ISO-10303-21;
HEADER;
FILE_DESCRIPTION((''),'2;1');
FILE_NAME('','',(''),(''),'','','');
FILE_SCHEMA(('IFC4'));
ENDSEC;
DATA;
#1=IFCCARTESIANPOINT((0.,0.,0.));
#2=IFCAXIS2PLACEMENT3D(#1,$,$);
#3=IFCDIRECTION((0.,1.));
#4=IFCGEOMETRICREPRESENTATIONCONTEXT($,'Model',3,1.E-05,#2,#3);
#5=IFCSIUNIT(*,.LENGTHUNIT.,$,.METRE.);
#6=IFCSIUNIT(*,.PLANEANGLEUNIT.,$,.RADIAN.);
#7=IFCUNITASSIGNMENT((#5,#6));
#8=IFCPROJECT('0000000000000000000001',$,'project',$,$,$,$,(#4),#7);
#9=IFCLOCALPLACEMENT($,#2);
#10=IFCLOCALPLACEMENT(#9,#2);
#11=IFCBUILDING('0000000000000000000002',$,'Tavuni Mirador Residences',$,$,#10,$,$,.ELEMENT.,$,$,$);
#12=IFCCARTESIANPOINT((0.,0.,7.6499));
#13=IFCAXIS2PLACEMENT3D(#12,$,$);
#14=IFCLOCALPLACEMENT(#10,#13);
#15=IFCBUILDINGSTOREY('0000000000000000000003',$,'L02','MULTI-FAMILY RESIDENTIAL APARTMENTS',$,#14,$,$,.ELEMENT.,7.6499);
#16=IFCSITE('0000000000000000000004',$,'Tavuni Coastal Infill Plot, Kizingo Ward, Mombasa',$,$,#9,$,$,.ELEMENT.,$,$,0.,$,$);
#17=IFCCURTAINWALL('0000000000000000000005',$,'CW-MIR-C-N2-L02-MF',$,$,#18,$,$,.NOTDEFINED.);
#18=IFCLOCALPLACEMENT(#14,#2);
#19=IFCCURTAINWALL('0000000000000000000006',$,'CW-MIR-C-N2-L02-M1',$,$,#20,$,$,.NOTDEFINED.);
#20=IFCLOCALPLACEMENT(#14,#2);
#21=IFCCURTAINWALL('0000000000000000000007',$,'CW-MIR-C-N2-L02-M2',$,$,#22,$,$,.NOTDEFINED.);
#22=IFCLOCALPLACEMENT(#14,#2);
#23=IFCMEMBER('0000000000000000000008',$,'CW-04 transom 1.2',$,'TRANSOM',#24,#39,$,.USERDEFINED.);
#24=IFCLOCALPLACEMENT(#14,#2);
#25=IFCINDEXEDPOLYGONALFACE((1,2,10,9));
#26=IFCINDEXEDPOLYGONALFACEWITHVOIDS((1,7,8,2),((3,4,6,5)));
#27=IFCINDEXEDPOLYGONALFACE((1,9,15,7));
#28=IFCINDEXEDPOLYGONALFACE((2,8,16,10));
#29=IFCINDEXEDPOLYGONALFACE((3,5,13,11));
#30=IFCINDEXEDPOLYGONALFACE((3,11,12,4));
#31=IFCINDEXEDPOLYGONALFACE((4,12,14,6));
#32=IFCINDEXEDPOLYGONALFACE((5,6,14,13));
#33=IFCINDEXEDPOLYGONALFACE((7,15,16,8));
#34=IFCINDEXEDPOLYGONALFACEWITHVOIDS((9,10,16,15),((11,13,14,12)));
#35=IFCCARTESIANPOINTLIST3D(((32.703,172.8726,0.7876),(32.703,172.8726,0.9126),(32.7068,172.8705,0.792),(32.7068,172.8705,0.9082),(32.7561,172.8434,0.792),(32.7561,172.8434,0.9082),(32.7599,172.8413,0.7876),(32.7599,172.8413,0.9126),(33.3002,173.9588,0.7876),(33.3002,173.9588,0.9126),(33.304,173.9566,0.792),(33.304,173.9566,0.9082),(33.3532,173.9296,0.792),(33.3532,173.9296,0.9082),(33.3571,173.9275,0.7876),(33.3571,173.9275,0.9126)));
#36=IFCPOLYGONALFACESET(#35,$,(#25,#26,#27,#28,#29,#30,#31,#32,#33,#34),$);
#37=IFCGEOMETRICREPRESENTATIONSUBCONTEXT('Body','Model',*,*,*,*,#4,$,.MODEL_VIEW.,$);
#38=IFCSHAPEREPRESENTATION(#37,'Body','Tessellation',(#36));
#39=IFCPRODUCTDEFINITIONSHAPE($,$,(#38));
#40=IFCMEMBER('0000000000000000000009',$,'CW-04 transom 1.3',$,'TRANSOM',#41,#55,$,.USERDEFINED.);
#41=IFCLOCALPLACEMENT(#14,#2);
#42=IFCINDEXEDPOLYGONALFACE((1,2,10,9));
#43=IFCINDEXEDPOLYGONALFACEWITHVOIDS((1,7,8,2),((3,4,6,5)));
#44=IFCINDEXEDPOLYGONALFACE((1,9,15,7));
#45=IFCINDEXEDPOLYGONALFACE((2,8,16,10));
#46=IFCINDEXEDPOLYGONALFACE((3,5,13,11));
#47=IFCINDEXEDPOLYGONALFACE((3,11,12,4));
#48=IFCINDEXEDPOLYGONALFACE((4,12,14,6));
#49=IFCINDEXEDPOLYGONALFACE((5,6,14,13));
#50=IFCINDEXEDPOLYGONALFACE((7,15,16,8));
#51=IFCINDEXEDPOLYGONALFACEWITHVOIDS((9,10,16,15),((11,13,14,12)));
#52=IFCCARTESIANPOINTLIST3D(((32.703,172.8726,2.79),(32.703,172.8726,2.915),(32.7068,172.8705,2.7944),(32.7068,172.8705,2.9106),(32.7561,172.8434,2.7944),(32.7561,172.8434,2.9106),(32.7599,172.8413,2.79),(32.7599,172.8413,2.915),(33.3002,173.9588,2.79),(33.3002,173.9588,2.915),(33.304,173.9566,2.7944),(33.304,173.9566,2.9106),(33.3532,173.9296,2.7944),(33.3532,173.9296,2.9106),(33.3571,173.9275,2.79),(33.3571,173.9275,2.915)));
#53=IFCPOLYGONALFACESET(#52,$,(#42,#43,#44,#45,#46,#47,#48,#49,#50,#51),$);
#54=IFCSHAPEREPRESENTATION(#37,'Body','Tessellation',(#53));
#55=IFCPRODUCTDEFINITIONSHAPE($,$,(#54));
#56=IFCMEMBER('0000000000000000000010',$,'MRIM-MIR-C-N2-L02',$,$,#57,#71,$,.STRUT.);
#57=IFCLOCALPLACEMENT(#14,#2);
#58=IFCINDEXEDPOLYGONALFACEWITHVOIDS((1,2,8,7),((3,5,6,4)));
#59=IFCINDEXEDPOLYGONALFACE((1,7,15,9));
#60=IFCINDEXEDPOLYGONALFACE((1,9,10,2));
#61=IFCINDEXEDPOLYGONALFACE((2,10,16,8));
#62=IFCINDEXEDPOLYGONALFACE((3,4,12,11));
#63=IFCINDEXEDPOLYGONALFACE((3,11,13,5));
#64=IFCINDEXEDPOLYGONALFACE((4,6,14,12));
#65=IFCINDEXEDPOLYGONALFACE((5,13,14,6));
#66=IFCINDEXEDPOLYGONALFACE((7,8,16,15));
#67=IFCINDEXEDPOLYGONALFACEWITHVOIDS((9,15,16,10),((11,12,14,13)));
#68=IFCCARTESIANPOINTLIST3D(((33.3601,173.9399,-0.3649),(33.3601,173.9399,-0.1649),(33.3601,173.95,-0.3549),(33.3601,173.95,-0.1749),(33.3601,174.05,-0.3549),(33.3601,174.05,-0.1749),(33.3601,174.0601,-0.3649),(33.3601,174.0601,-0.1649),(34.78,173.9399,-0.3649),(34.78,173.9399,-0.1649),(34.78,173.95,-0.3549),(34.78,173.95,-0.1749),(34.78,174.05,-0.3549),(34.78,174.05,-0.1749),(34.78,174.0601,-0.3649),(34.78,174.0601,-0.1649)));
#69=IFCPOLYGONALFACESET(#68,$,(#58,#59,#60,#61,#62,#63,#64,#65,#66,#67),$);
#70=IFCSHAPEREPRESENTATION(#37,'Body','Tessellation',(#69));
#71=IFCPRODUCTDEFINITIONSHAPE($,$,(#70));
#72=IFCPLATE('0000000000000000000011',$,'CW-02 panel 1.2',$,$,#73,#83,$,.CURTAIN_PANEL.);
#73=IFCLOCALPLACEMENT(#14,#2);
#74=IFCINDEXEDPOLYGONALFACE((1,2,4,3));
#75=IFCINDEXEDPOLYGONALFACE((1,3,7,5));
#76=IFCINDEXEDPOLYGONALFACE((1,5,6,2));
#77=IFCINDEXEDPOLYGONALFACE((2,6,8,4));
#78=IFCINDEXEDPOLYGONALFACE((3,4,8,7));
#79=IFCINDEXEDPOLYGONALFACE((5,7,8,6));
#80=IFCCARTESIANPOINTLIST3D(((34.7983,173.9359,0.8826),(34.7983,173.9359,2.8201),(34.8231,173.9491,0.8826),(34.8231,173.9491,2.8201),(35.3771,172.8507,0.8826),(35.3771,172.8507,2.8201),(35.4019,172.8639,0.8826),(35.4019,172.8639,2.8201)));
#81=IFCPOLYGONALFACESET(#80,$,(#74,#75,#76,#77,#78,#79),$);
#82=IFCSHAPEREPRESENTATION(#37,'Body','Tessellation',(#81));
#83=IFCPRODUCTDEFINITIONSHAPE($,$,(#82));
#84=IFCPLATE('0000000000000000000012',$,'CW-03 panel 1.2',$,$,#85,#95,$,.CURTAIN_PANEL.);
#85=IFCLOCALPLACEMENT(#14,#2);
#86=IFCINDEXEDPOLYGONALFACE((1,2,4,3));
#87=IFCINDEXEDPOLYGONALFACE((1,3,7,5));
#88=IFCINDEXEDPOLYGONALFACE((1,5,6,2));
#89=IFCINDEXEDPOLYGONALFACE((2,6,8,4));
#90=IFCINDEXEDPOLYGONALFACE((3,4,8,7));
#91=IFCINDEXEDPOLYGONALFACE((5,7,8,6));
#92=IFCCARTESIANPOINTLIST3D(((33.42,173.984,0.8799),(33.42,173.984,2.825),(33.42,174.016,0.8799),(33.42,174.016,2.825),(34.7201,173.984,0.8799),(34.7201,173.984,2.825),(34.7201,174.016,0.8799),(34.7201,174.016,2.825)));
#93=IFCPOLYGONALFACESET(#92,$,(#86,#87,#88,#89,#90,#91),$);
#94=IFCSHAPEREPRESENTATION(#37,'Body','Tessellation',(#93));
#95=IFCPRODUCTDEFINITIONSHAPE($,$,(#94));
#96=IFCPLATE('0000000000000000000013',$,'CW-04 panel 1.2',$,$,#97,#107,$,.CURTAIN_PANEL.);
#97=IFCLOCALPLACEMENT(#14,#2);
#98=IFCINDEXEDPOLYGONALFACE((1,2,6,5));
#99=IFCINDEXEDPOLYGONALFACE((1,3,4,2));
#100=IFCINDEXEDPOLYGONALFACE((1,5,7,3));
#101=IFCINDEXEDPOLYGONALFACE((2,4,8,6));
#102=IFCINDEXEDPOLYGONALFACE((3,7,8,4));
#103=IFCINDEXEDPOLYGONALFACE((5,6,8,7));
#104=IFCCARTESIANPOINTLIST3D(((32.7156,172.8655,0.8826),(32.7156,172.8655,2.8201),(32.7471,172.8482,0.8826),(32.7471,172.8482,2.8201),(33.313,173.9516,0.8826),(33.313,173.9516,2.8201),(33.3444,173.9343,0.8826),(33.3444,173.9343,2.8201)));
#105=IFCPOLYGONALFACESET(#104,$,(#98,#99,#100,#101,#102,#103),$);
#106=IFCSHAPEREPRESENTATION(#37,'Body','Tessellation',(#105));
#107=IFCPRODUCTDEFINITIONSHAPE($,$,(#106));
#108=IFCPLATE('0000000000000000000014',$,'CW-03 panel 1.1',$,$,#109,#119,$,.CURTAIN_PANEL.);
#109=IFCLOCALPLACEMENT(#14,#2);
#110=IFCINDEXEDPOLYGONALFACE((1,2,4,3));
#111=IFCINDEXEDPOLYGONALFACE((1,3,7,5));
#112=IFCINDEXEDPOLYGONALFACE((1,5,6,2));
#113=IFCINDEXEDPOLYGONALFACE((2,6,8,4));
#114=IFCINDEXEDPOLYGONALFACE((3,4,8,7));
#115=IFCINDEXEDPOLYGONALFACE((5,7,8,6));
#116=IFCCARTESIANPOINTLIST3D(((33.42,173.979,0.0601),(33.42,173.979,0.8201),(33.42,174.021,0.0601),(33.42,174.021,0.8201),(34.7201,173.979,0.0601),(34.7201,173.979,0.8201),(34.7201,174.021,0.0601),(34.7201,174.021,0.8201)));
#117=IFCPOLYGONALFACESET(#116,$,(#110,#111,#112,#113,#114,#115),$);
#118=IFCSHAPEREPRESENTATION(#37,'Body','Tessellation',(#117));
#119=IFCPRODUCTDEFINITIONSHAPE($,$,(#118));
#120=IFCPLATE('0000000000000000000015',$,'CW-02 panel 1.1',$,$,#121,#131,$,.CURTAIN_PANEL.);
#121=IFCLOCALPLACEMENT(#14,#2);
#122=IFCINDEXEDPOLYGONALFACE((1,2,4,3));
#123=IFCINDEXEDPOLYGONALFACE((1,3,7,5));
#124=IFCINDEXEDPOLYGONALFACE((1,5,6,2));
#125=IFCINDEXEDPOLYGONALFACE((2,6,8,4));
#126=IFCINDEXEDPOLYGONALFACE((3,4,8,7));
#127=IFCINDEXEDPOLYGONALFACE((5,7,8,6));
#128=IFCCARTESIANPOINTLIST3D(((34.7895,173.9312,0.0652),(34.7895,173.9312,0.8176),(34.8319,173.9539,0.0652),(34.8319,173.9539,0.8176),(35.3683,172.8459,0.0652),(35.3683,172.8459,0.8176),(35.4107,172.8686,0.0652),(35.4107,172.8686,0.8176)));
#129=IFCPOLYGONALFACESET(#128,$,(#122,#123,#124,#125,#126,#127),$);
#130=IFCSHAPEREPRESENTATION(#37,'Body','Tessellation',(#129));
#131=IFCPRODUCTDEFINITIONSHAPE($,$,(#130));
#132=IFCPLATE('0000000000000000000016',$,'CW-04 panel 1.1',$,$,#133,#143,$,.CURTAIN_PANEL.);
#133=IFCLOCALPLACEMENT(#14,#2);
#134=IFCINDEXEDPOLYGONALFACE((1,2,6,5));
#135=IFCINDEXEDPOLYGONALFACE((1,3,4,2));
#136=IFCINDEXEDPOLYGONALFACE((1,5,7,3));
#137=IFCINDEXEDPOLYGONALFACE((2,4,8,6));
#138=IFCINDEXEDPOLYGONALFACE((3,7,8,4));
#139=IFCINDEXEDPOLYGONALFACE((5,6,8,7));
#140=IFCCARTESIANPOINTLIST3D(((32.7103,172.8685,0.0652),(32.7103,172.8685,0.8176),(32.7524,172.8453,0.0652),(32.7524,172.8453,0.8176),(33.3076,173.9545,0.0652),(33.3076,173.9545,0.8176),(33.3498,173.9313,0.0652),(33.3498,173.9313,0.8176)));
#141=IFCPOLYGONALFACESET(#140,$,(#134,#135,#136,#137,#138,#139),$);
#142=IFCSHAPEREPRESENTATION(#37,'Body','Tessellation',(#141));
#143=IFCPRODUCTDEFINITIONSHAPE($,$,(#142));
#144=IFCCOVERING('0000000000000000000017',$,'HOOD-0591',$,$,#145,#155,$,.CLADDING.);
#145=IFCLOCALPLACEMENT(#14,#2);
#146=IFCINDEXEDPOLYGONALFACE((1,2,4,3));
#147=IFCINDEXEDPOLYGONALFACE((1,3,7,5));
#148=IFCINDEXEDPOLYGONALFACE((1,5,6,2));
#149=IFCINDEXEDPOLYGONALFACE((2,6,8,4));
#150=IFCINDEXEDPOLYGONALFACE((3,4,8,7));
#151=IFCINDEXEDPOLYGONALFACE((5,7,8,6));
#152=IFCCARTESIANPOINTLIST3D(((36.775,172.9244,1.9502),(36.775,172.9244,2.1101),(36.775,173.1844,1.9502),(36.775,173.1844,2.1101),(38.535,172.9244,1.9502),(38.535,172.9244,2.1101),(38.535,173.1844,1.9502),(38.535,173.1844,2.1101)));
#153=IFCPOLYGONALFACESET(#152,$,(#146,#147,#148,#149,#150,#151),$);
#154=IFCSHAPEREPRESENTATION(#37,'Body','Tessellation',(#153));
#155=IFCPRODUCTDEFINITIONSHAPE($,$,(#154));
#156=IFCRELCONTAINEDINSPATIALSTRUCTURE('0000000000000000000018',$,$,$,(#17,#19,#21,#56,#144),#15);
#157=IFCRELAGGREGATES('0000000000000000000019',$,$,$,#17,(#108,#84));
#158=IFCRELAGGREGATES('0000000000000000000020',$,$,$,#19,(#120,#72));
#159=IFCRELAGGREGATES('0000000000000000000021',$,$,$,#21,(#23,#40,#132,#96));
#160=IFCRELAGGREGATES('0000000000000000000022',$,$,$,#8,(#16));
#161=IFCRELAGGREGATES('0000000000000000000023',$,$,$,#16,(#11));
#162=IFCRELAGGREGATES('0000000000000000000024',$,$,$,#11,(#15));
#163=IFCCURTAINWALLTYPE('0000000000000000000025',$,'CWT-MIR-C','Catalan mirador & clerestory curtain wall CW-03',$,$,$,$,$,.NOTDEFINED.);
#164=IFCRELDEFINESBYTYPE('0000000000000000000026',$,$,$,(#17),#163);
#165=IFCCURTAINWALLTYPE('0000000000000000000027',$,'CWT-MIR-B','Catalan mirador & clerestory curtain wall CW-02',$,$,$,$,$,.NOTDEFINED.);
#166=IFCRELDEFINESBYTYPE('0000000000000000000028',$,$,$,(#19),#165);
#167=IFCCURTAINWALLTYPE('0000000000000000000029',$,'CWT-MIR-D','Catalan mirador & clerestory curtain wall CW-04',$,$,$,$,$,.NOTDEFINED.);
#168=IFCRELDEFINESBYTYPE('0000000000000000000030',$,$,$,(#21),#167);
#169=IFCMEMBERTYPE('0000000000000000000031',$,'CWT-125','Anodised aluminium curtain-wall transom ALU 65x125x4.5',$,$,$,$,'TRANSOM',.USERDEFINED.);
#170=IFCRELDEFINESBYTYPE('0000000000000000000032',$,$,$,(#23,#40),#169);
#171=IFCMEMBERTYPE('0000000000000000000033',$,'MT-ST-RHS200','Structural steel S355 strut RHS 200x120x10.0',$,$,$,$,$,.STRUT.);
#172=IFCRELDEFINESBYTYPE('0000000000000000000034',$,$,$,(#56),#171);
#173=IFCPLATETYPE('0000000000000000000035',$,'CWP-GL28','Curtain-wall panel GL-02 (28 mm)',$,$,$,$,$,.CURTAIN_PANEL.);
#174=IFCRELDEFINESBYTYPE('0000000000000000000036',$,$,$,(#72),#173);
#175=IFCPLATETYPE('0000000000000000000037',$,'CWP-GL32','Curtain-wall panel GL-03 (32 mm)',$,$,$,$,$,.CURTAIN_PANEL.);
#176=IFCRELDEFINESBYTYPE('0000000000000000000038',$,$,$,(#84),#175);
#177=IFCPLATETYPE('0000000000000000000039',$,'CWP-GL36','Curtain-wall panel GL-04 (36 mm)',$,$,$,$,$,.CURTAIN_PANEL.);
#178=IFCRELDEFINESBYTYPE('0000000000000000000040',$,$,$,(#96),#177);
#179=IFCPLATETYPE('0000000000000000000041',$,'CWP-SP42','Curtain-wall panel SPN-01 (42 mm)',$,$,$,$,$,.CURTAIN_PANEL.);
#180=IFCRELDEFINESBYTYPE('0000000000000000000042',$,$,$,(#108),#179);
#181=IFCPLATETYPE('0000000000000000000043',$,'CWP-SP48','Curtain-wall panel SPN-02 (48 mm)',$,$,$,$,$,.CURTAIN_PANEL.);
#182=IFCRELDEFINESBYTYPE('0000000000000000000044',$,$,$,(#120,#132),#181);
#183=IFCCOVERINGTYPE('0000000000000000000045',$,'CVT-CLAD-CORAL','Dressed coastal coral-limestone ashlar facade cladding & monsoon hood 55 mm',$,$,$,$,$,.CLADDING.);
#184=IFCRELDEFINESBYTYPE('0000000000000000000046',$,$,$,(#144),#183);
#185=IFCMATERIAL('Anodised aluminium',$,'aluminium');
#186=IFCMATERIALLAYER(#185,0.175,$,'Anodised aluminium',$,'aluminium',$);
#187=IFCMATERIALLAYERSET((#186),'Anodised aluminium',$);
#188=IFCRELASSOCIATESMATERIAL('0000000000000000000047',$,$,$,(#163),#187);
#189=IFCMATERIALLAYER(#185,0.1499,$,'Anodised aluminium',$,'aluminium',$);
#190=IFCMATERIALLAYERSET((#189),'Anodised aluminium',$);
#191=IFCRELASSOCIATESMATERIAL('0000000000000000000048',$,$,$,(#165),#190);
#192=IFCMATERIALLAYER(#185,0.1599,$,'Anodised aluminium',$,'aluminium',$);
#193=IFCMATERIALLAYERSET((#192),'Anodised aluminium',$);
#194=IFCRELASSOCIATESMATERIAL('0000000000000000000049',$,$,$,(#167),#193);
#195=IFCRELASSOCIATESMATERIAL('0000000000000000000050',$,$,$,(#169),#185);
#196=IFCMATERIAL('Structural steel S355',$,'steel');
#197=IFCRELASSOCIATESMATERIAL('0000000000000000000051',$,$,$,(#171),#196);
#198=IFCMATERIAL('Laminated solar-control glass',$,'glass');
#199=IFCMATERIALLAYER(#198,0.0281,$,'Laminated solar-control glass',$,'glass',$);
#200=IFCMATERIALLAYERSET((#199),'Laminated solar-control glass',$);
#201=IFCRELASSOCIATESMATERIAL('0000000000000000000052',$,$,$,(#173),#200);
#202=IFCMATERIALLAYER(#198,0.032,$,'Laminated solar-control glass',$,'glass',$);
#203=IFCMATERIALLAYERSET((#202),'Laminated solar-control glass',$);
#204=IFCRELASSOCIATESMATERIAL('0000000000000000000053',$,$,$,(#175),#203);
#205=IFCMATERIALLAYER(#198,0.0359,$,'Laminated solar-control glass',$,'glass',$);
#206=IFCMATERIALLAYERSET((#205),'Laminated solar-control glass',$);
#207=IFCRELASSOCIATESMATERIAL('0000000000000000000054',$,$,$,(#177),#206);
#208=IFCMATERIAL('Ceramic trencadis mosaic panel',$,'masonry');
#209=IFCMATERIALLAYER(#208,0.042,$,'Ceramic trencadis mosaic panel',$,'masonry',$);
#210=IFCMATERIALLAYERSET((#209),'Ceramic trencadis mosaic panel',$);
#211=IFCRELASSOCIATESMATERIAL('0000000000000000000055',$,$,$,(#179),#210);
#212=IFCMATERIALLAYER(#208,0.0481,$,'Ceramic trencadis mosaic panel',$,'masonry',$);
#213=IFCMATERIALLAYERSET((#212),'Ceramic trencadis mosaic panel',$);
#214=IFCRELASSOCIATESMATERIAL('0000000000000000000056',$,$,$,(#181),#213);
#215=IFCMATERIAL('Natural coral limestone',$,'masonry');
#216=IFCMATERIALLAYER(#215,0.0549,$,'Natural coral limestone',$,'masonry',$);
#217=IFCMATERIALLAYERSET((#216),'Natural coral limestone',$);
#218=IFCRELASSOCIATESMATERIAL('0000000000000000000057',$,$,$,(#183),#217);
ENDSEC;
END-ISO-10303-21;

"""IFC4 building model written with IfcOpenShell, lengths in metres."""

from ifc_helpers import new_model, si_unit, direction, frame, origin, origin_2d, place, context, subcontext, project, spatial, rectangle, hollow_rectangle, extrude, material, layer, layer_set, material_profile, profile_set, type_object, element, aggregate, save


model = new_model("IFC4")

# Units and contexts
model_context = context("Model", 3, precision=1e-05, world=origin(), true_north=direction((0.0, 1.0)))
body_context = subcontext(model_context, "Body", "Model", "MODEL_VIEW")
ifc_project = project(units=[si_unit("LENGTHUNIT", "METRE"), si_unit("PLANEANGLEUNIT", "RADIAN")], contexts=[model_context])

# Site, building, storey
site_placement = place(None, origin())
site = spatial("IfcSite", under=ifc_project, at=site_placement, Name="Tavuni Coastal Infill Plot, Kizingo Ward, Mombasa", CompositionType="ELEMENT", RefElevation=0.0)
building_placement = place(site_placement, origin())
building = spatial("IfcBuilding", under=site, at=building_placement, Name="Tavuni Mirador Residences", CompositionType="ELEMENT")
storey_placement = place(building_placement, frame((0.0, 0.0, 7.6499)))
storey = spatial("IfcBuildingStorey", under=building, at=storey_placement, Name="L02", Description="MULTI-FAMILY RESIDENTIAL APARTMENTS", CompositionType="ELEMENT", Elevation=7.6499)

# Curtain wall
ifc_material_1 = material(Name="Anodised aluminium", Category="aluminium")
ifc_layer_1 = layer(ifc_material_1, 0.175, Name="Anodised aluminium", Category="aluminium")
ifc_layer_set_1 = layer_set([ifc_layer_1], Name="Anodised aluminium")
curtain_wall_type_1 = type_object("IfcCurtainWallType", Name="CWT-MIR-C", Description="Catalan mirador & clerestory curtain wall CW-03", PredefinedType="NOTDEFINED", material=ifc_layer_set_1)
curtain_wall_1_placement = place(storey_placement, origin())
curtain_wall_1 = element("IfcCurtainWall", 1, at=curtain_wall_1_placement, inside=storey, type_object=curtain_wall_type_1, Name="CW-MIR-C-N2-L02-MF", PredefinedType="NOTDEFINED")

# Curtain walls
ifc_layer_2 = layer(ifc_material_1, 0.1499, Name="Anodised aluminium", Category="aluminium")
ifc_layer_set_2 = layer_set([ifc_layer_2], Name="Anodised aluminium")
curtain_wall_type_2 = type_object("IfcCurtainWallType", Name="CWT-MIR-B", Description="Catalan mirador & clerestory curtain wall CW-02", PredefinedType="NOTDEFINED", material=ifc_layer_set_2)
curtain_wall_2_placement = place(storey_placement, origin())
curtain_wall_2 = element("IfcCurtainWall", 2, at=curtain_wall_2_placement, inside=storey, type_object=curtain_wall_type_2, Name="CW-MIR-C-N2-L02-M1", PredefinedType="NOTDEFINED")
ifc_layer_3 = layer(ifc_material_1, 0.1599, Name="Anodised aluminium", Category="aluminium")
ifc_layer_set_3 = layer_set([ifc_layer_3], Name="Anodised aluminium")
curtain_wall_type_3 = type_object("IfcCurtainWallType", Name="CWT-MIR-D", Description="Catalan mirador & clerestory curtain wall CW-04", PredefinedType="NOTDEFINED", material=ifc_layer_set_3)
curtain_wall_3_placement = place(storey_placement, origin())
curtain_wall_3 = element("IfcCurtainWall", 3, at=curtain_wall_3_placement, inside=storey, type_object=curtain_wall_type_3, Name="CW-MIR-C-N2-L02-M2", PredefinedType="NOTDEFINED")

# Members
ifc_material_profile_1 = material_profile(ifc_material_1, hollow_rectangle(XDim=0.0649, YDim=0.125, WallThickness=0.0044, at=origin_2d()), Name="ALU 65x125x4.5", Category="aluminium")
ifc_profile_set_1 = profile_set([ifc_material_profile_1], Name="Anodised aluminium")
member_type_1 = type_object("IfcMemberType", Name="CWT-125", Description="Anodised aluminium curtain-wall transom ALU 65x125x4.5", ElementType="TRANSOM", PredefinedType="USERDEFINED", material=ifc_profile_set_1)
member_1_placement = place(storey_placement, frame((33.3286, 173.9431, 0.8501), z_axis=(-0.481775, -0.876295, 0.0), x_axis=(0.876295, -0.481775, 0.0)))
member_1 = element("IfcMember", 4, at=member_1_placement, type_object=member_type_1, Name="CW-04 transom 1.2", ObjectType="TRANSOM", PredefinedType="USERDEFINED", context=body_context, shape_type="SweptSolid", body=[
    extrude(hollow_rectangle(XDim=0.0649, YDim=0.125, WallThickness=0.0044, at=origin_2d()), origin(), (0.0, 0.0, 1.0), 1.2395),
])
member_2_placement = place(storey_placement, frame((33.3286, 173.9431, 2.8525), z_axis=(-0.481775, -0.876295, 0.0), x_axis=(0.876295, -0.481775, 0.0)))
member_2 = element("IfcMember", 5, at=member_2_placement, type_object=member_type_1, Name="CW-04 transom 1.3", ObjectType="TRANSOM", PredefinedType="USERDEFINED", context=body_context, shape_type="SweptSolid", body=[
    extrude(hollow_rectangle(XDim=0.0649, YDim=0.125, WallThickness=0.0044, at=origin_2d()), origin(), (0.0, 0.0, 1.0), 1.2395),
])
ifc_material_2 = material(Name="Structural steel S355", Category="steel")
ifc_material_profile_2 = material_profile(ifc_material_2, hollow_rectangle(XDim=0.1201, YDim=0.2, WallThickness=0.01, at=origin_2d()), Name="RHS 200x120x10.0", Category="steel")
ifc_profile_set_2 = profile_set([ifc_material_profile_2], Name="Structural steel S355")
member_type_2 = type_object("IfcMemberType", Name="MT-ST-RHS200", Description="Structural steel S355 strut RHS 200x120x10.0", PredefinedType="STRUT", material=ifc_profile_set_2)
member_3_placement = place(storey_placement, frame((33.3601, 174.0, -0.2649), z_axis=(1.0, 0.0, 0.0), x_axis=(0.0, 1.0, 0.0)))
element("IfcMember", 6, at=member_3_placement, inside=storey, type_object=member_type_2, Name="MRIM-MIR-C-N2-L02", PredefinedType="STRUT", context=body_context, shape_type="SweptSolid", body=[
    extrude(hollow_rectangle(XDim=0.1201, YDim=0.2, WallThickness=0.01, at=origin_2d()), origin(), (0.0, 0.0, 1.0), 1.4199),
])

# Plates
ifc_material_3 = material(Name="Laminated solar-control glass", Category="glass")
ifc_layer_4 = layer(ifc_material_3, 0.0281, Name="Laminated solar-control glass", Category="glass")
ifc_layer_set_4 = layer_set([ifc_layer_4], Name="Laminated solar-control glass")
plate_type_1 = type_object("IfcPlateType", Name="CWP-GL28", Description="Curtain-wall panel GL-02 (28 mm)", PredefinedType="CURTAIN_PANEL", material=ifc_layer_set_4)
plate_1_placement = place(storey_placement, frame((35.1001, 173.3999, 0.8826), z_axis=(0.0, 0.0, 1.0), x_axis=(-0.470588, 0.882353, 0.0)))
plate_1 = element("IfcPlate", 7, at=plate_1_placement, type_object=plate_type_1, Name="CW-02 panel 1.2", PredefinedType="CURTAIN_PANEL", context=body_context, shape_type="SweptSolid", body=[
    extrude(rectangle(XDim=1.23, YDim=0.0281, at=origin_2d()), origin(), (0.0, 0.0, 1.0), 1.9375),
])
ifc_layer_5 = layer(ifc_material_3, 0.032, Name="Laminated solar-control glass", Category="glass")
ifc_layer_set_5 = layer_set([ifc_layer_5], Name="Laminated solar-control glass")
plate_type_2 = type_object("IfcPlateType", Name="CWP-GL32", Description="Curtain-wall panel GL-03 (32 mm)", PredefinedType="CURTAIN_PANEL", material=ifc_layer_set_5)
plate_2_placement = place(storey_placement, frame((34.0701, 174.0, 0.8799), z_axis=(0.0, 0.0, 1.0), x_axis=(-1.0, 0.0, 0.0)))
plate_2 = element("IfcPlate", 8, at=plate_2_placement, type_object=plate_type_2, Name="CW-03 panel 1.2", PredefinedType="CURTAIN_PANEL", context=body_context, shape_type="SweptSolid", body=[
    extrude(rectangle(XDim=1.3, YDim=0.032, at=origin_2d()), origin(), (0.0, 0.0, 1.0), 1.9451),
])
ifc_layer_6 = layer(ifc_material_3, 0.0359, Name="Laminated solar-control glass", Category="glass")
ifc_layer_set_6 = layer_set([ifc_layer_6], Name="Laminated solar-control glass")
plate_type_3 = type_object("IfcPlateType", Name="CWP-GL36", Description="Curtain-wall panel GL-04 (36 mm)", PredefinedType="CURTAIN_PANEL", material=ifc_layer_set_6)
plate_3_placement = place(storey_placement, frame((33.03, 173.3999, 0.8826), z_axis=(0.0, 0.0, 1.0), x_axis=(-0.481919, -0.876216, 0.0)))
plate_3 = element("IfcPlate", 9, at=plate_3_placement, type_object=plate_type_3, Name="CW-04 panel 1.2", PredefinedType="CURTAIN_PANEL", context=body_context, shape_type="SweptSolid", body=[
    extrude(rectangle(XDim=1.2395, YDim=0.0359, at=origin_2d()), origin(), (0.0, 0.0, 1.0), 1.9375),
])
ifc_material_4 = material(Name="Ceramic trencadis mosaic panel", Category="masonry")
ifc_layer_7 = layer(ifc_material_4, 0.042, Name="Ceramic trencadis mosaic panel", Category="masonry")
ifc_layer_set_7 = layer_set([ifc_layer_7], Name="Ceramic trencadis mosaic panel")
plate_type_4 = type_object("IfcPlateType", Name="CWP-SP42", Description="Curtain-wall panel SPN-01 (42 mm)", PredefinedType="CURTAIN_PANEL", material=ifc_layer_set_7)
plate_4_placement = place(storey_placement, frame((34.0701, 174.0, 0.0601), z_axis=(0.0, 0.0, 1.0), x_axis=(-1.0, 0.0, 0.0)))
plate_4 = element("IfcPlate", 10, at=plate_4_placement, type_object=plate_type_4, Name="CW-03 panel 1.1", PredefinedType="CURTAIN_PANEL", context=body_context, shape_type="SweptSolid", body=[
    extrude(rectangle(XDim=1.3, YDim=0.042, at=origin_2d()), origin(), (0.0, 0.0, 1.0), 0.76),
])
aggregate(curtain_wall_1, [plate_4, plate_2])
ifc_layer_8 = layer(ifc_material_4, 0.0481, Name="Ceramic trencadis mosaic panel", Category="masonry")
ifc_layer_set_8 = layer_set([ifc_layer_8], Name="Ceramic trencadis mosaic panel")
plate_type_5 = type_object("IfcPlateType", Name="CWP-SP48", Description="Curtain-wall panel SPN-02 (48 mm)", PredefinedType="CURTAIN_PANEL", material=ifc_layer_set_8)
plate_5_placement = place(storey_placement, frame((35.1001, 173.3999, 0.0652), z_axis=(0.0, 0.0, 1.0), x_axis=(-0.470588, 0.882353, 0.0)))
plate_5 = element("IfcPlate", 11, at=plate_5_placement, type_object=plate_type_5, Name="CW-02 panel 1.1", PredefinedType="CURTAIN_PANEL", context=body_context, shape_type="SweptSolid", body=[
    extrude(rectangle(XDim=1.23, YDim=0.0481, at=origin_2d()), origin(), (0.0, 0.0, 1.0), 0.7524),
])
aggregate(curtain_wall_2, [plate_5, plate_1])
plate_6_placement = place(storey_placement, frame((33.03, 173.3999, 0.0652), z_axis=(0.0, 0.0, 1.0), x_axis=(-0.481919, -0.876216, 0.0)))
plate_6 = element("IfcPlate", 12, at=plate_6_placement, type_object=plate_type_5, Name="CW-04 panel 1.1", PredefinedType="CURTAIN_PANEL", context=body_context, shape_type="SweptSolid", body=[
    extrude(rectangle(XDim=1.2395, YDim=0.0481, at=origin_2d()), origin(), (0.0, 0.0, 1.0), 0.7524),
])
aggregate(curtain_wall_3, [member_1, member_2, plate_6, plate_3])

# Covering
ifc_material_5 = material(Name="Natural coral limestone", Category="masonry")
ifc_layer_9 = layer(ifc_material_5, 0.0549, Name="Natural coral limestone", Category="masonry")
ifc_layer_set_9 = layer_set([ifc_layer_9], Name="Natural coral limestone")
covering_type = type_object("IfcCoveringType", Name="CVT-CLAD-CORAL", Description="Dressed coastal coral-limestone ashlar facade cladding & monsoon hood 55 mm", PredefinedType="CLADDING", material=ifc_layer_set_9)
covering_placement = place(storey_placement, frame((37.655, 173.0544, 1.9502), z_axis=(0.0, 0.0, 1.0), x_axis=(-1.0, 0.0, 0.0)))
element("IfcCovering", 13, at=covering_placement, inside=storey, type_object=covering_type, Name="HOOD-0591", PredefinedType="CLADDING", context=body_context, shape_type="SweptSolid", body=[
    extrude(rectangle(XDim=1.76, YDim=0.26, at=origin_2d()), origin(), (0.0, 0.0, 1.0), 0.1599),
])

save(model, "model.ifc")
